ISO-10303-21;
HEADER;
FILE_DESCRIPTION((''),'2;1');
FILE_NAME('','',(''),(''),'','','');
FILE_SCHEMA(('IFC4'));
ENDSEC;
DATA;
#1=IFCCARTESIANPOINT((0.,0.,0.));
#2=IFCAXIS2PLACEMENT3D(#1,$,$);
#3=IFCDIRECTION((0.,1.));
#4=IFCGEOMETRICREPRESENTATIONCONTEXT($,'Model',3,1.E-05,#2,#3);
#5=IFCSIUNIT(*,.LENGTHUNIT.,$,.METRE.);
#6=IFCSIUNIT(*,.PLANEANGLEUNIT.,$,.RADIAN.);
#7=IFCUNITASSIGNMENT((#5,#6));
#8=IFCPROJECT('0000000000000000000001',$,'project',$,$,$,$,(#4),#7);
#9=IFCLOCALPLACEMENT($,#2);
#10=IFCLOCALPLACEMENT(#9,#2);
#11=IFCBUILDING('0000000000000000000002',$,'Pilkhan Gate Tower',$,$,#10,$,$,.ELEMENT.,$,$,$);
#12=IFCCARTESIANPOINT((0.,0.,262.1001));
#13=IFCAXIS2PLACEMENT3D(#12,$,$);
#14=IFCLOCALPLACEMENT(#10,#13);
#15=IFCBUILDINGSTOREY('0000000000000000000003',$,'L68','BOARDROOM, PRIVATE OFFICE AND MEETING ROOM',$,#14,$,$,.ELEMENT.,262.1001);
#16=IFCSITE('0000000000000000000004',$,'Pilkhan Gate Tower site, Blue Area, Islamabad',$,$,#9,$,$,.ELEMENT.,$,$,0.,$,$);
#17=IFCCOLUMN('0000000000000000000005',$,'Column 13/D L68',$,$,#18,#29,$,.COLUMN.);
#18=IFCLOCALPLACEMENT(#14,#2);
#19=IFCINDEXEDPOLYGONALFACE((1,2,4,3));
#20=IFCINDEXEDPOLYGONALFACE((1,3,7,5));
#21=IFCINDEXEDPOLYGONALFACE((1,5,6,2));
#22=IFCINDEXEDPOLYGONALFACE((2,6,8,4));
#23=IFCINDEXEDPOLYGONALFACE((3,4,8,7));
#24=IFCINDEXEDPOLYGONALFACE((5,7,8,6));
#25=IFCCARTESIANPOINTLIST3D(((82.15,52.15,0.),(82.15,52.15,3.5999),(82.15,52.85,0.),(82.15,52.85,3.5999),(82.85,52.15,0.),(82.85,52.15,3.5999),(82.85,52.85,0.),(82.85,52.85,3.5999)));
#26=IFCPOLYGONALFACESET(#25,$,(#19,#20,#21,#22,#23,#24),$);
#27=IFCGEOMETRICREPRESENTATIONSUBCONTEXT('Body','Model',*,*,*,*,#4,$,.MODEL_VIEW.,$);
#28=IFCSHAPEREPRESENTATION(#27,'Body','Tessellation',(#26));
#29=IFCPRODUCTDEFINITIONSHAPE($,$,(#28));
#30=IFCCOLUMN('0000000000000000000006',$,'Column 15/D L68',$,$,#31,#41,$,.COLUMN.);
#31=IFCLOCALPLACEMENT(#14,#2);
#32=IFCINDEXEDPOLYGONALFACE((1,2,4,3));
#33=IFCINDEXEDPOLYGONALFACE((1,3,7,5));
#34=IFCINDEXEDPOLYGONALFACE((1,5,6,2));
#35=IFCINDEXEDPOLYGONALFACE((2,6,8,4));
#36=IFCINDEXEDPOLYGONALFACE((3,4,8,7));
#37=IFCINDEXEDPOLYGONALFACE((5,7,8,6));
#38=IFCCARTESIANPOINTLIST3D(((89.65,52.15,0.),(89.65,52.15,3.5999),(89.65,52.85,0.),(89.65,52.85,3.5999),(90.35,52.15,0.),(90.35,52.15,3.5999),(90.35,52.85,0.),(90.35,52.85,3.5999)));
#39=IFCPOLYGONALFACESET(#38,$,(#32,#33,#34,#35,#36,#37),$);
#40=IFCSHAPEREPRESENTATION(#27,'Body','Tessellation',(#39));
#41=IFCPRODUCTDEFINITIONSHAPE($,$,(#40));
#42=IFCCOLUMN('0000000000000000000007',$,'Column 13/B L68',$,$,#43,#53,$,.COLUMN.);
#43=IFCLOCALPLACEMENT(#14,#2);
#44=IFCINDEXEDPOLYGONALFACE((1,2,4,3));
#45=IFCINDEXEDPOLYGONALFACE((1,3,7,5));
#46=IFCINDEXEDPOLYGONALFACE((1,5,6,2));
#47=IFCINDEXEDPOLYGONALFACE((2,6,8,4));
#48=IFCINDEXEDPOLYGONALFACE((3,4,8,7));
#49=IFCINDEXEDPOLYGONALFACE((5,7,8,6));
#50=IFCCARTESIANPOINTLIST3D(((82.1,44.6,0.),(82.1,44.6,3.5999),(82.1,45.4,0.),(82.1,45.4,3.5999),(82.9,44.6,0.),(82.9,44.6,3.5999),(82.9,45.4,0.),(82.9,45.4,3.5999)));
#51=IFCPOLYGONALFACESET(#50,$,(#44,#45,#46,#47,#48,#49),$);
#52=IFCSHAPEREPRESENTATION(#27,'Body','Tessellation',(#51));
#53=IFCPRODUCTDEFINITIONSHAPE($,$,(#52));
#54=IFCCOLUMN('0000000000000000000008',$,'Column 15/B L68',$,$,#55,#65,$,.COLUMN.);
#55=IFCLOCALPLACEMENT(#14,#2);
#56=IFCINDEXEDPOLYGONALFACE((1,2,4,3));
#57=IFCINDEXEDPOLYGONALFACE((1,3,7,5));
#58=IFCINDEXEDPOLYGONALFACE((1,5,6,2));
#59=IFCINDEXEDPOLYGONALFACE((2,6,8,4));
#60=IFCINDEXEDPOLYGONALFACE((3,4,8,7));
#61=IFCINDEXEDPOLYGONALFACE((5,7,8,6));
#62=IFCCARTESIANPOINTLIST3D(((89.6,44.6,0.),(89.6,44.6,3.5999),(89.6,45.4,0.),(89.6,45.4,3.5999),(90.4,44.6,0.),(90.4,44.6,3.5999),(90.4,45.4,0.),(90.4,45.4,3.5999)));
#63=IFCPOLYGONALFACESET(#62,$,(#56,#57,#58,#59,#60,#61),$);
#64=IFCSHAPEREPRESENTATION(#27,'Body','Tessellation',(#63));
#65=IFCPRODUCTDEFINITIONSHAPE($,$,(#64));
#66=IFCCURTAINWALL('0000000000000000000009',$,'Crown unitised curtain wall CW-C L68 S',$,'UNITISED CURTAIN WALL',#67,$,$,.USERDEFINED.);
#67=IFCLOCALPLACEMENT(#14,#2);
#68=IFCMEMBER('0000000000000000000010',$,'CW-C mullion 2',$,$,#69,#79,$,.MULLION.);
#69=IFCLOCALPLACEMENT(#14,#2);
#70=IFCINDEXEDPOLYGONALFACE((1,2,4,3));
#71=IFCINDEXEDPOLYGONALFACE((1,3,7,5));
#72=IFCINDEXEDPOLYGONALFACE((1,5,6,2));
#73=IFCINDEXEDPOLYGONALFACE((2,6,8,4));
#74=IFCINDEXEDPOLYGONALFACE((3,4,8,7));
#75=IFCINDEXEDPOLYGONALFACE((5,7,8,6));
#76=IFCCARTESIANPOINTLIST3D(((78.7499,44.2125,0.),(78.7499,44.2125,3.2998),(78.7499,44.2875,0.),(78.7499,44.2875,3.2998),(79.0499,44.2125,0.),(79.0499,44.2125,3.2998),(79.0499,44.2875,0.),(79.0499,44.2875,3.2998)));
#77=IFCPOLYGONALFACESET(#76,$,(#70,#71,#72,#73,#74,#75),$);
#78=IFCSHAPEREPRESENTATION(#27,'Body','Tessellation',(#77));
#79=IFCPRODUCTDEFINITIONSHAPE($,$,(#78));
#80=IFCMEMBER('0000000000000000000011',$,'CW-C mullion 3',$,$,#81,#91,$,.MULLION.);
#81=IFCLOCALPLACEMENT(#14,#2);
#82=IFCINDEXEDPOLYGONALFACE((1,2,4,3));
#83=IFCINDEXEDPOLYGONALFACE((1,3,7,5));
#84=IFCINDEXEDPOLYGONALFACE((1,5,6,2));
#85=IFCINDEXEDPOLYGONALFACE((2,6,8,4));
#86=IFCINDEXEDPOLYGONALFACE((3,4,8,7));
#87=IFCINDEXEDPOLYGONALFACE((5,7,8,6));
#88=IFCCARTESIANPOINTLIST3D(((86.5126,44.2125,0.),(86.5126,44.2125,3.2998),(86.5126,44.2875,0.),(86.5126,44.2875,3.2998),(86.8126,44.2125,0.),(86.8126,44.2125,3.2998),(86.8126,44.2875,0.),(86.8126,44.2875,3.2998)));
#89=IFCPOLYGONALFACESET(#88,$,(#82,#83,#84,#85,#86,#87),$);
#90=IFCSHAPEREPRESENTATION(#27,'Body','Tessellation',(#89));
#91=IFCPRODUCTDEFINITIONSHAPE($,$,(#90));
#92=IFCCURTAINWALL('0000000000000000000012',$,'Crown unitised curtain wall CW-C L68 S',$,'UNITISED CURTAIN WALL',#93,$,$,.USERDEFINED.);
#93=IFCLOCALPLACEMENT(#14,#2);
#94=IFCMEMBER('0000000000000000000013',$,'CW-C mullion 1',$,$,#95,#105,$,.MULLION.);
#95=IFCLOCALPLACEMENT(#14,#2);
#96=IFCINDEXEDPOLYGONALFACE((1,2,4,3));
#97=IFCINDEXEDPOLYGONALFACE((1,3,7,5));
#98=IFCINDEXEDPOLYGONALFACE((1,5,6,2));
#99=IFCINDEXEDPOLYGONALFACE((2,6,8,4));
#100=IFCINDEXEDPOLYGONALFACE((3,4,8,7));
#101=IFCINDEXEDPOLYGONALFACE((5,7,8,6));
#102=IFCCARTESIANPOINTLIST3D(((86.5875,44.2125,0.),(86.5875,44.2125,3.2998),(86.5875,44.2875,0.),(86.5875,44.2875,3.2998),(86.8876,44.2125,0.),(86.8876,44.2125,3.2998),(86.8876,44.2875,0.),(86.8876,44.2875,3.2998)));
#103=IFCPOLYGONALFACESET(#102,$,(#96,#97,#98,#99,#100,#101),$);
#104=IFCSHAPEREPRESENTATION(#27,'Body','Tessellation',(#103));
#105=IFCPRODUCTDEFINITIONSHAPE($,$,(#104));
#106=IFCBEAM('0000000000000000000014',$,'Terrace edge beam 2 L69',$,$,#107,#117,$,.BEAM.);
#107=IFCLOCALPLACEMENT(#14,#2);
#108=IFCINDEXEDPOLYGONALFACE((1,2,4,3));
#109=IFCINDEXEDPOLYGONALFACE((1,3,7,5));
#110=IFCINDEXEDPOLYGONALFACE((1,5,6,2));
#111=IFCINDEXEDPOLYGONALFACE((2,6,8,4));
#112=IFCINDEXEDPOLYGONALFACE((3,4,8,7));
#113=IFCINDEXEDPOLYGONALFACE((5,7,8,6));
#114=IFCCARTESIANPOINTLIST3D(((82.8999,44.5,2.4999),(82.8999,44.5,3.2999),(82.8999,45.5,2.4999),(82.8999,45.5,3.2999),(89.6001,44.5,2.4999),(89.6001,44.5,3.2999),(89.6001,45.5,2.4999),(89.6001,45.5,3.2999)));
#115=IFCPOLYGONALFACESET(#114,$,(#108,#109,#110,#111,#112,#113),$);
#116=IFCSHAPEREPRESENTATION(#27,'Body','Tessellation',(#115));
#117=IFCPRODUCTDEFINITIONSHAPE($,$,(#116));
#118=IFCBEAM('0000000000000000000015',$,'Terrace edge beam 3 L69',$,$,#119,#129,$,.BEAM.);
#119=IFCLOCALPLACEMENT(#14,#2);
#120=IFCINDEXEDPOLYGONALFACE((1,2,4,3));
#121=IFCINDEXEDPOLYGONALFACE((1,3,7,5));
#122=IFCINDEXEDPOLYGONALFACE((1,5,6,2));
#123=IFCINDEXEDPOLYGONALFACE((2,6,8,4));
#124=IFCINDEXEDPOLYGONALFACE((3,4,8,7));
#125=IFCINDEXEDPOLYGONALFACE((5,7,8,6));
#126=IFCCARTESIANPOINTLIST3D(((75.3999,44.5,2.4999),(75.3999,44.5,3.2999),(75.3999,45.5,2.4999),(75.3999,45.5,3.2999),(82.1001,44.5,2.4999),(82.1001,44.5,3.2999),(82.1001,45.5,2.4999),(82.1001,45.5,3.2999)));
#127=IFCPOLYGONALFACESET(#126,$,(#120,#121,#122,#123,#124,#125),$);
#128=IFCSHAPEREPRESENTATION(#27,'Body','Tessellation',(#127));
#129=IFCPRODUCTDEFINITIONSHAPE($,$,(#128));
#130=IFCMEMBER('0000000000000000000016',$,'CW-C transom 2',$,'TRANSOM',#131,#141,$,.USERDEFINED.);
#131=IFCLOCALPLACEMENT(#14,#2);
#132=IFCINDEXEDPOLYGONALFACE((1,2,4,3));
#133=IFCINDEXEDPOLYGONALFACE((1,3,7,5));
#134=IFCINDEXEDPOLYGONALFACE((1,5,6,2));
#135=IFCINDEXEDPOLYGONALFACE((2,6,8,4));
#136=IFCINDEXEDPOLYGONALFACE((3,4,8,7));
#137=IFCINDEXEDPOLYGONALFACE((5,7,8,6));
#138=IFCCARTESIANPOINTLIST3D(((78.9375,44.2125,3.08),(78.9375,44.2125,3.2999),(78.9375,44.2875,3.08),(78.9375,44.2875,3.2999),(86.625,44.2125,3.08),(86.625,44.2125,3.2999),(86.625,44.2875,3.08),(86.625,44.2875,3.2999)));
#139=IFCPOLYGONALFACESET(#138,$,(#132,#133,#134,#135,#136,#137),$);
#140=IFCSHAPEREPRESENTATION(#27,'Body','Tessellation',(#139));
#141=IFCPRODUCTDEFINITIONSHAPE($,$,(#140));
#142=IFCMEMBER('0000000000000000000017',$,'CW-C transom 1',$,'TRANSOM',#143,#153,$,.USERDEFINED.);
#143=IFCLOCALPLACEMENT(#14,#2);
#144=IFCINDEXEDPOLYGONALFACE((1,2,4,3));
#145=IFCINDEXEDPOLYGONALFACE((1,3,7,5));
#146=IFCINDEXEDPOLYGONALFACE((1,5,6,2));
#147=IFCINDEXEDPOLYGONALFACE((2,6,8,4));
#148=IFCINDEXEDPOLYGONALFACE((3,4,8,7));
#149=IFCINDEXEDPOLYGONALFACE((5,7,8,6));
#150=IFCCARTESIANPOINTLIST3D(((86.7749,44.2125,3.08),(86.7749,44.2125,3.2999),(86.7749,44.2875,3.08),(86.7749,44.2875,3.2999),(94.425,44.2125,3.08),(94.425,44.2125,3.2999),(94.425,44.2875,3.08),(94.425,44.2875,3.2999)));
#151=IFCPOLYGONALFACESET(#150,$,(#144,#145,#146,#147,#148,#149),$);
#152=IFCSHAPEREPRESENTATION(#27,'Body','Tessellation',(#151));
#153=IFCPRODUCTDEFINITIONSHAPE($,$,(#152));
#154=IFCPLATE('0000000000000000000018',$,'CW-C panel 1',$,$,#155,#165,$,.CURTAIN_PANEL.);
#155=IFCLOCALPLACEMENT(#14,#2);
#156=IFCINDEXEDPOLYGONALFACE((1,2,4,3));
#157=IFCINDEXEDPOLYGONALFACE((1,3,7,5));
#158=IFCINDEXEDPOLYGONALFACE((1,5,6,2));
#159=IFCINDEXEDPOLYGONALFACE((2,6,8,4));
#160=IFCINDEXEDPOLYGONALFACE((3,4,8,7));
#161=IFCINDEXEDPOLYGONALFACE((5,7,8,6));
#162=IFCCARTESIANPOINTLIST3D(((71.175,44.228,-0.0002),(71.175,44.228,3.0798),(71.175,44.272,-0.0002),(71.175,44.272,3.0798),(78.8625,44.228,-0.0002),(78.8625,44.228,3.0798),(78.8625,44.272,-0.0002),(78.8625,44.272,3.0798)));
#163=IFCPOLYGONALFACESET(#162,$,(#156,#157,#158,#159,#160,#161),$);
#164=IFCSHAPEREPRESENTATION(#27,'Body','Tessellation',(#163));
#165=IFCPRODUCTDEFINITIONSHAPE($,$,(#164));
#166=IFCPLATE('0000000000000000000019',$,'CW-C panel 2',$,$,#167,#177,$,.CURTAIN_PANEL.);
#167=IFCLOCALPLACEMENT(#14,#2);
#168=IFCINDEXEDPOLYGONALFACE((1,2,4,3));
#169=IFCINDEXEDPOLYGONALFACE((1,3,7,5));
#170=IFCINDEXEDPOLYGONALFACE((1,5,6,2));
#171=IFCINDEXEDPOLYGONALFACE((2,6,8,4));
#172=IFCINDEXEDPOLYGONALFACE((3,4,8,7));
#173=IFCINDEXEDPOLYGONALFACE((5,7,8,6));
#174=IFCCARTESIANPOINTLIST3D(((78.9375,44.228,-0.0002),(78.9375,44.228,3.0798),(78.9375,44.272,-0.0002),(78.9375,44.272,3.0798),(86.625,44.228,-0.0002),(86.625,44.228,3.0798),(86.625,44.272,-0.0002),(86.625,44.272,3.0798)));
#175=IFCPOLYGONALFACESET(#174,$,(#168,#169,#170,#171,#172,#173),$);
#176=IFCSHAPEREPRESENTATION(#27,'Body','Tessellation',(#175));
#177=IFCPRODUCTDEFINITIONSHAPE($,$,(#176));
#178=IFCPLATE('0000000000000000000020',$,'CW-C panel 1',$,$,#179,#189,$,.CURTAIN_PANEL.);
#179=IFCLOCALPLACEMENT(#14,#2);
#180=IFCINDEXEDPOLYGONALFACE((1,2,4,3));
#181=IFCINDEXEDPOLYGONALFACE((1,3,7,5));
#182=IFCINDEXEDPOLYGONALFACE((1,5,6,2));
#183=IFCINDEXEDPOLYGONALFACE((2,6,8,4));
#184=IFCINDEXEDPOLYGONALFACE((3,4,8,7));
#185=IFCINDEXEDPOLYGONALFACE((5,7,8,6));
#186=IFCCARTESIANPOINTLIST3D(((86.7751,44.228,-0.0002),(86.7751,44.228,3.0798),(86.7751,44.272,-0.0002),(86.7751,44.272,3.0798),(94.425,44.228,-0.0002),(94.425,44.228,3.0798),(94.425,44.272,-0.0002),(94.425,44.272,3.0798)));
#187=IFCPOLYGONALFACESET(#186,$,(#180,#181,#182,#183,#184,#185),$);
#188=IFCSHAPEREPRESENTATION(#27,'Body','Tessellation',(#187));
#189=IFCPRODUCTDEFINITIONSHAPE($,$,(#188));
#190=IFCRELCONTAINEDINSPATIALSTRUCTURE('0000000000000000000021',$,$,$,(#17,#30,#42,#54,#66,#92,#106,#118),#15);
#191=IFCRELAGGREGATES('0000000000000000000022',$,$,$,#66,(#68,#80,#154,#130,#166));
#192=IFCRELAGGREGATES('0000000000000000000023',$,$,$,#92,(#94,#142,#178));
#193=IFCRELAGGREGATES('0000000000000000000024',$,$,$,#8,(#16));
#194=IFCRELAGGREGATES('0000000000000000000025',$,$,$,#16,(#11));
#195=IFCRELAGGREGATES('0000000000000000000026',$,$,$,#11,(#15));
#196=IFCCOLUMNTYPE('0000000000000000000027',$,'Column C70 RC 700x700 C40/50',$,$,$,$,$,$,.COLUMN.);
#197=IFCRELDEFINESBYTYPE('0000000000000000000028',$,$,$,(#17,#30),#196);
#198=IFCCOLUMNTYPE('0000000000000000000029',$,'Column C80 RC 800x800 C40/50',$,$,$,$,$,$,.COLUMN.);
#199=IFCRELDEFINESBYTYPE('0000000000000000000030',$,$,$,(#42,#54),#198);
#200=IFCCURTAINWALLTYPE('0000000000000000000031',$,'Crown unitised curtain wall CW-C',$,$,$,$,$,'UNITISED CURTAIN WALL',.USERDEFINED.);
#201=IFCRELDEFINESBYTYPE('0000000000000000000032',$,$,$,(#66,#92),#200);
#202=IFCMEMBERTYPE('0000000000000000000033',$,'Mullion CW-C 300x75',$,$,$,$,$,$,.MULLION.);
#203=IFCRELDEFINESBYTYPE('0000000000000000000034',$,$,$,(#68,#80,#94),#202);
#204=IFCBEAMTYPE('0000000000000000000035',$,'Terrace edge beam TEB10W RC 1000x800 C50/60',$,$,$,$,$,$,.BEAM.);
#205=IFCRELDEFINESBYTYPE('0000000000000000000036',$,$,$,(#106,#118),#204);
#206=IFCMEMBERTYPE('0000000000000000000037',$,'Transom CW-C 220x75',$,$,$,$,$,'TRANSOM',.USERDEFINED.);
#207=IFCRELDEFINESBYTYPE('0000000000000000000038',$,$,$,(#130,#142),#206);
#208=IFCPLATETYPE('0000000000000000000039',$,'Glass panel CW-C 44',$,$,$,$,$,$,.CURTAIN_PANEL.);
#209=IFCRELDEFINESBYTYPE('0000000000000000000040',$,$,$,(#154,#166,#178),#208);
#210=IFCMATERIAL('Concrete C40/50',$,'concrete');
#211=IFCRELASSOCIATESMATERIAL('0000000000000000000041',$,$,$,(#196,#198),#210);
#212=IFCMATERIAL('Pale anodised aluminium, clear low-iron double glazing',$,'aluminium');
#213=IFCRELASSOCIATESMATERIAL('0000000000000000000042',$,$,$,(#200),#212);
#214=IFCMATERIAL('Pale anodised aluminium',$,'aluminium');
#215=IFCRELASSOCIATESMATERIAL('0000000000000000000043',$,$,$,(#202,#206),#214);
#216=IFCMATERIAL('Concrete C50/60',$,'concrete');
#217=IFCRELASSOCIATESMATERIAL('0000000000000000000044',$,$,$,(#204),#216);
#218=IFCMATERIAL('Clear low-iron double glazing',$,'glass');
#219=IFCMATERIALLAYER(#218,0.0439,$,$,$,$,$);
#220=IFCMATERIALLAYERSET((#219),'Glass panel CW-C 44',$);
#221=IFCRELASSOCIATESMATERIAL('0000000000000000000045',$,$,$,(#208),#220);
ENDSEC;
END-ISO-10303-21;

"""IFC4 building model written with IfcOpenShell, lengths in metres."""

from ifc_helpers import new_model, si_unit, direction, frame, origin, origin_2d, place, context, subcontext, project, spatial, rectangle, extrude, material, layer, layer_set, material_profile, profile_set, type_object, element, aggregate, save


model = new_model("IFC4")

# Units and contexts
model_context = context("Model", 3, precision=1e-05, world=origin(), true_north=direction((0.0, 1.0)))
body_context = subcontext(model_context, "Body", "Model", "MODEL_VIEW")
ifc_project = project(units=[si_unit("LENGTHUNIT", "METRE"), si_unit("PLANEANGLEUNIT", "RADIAN")], contexts=[model_context])

# Site, building, storey
site_placement = place(None, origin())
site = spatial("IfcSite", under=ifc_project, at=site_placement, Name="Pilkhan Gate Tower site, Blue Area, Islamabad", CompositionType="ELEMENT", RefElevation=0.0)
building_placement = place(site_placement, origin())
building = spatial("IfcBuilding", under=site, at=building_placement, Name="Pilkhan Gate Tower", CompositionType="ELEMENT")
storey_placement = place(building_placement, frame((0.0, 0.0, 262.1001)))
storey = spatial("IfcBuildingStorey", under=building, at=storey_placement, Name="L68", Description="BOARDROOM, PRIVATE OFFICE AND MEETING ROOM", CompositionType="ELEMENT", Elevation=262.1001)

# Columns
ifc_material_1 = material(Name="Concrete C40/50", Category="concrete")
ifc_material_profile_1 = material_profile(ifc_material_1, rectangle(XDim=0.7, YDim=0.7, at=origin_2d()), Name="RC 700x700")
ifc_profile_set_1 = profile_set([ifc_material_profile_1], Name="Concrete C40/50")
column_type_1 = type_object("IfcColumnType", Name="Column C70 RC 700x700 C40/50", PredefinedType="COLUMN", material=ifc_profile_set_1)
for number, where, z_axis, x_axis, name in (
    (1, (82.5, 52.5, 0.0), (0.0, 0.0, 1.0), (1.0, 0.0, 0.0), "Column 13/D L68"),
    (2, (90.0, 52.5, 0.0), (0.0, 0.0, 1.0), (1.0, 0.0, 0.0), "Column 15/D L68"),
):
    element("IfcColumn", number, at=place(storey_placement, frame(where, z_axis=z_axis, x_axis=x_axis)), inside=storey, type_object=column_type_1, Name=name, PredefinedType="COLUMN", context=body_context, shape_type="SweptSolid", body=[
        extrude(rectangle(XDim=0.7, YDim=0.7, at=origin_2d()), origin(), (0.0, 0.0, 1.0), 3.5999),
    ])
ifc_material_profile_2 = material_profile(ifc_material_1, rectangle(XDim=0.8, YDim=0.8, at=origin_2d()), Name="RC 800x800")
ifc_profile_set_2 = profile_set([ifc_material_profile_2], Name="Concrete C40/50")
column_type_2 = type_object("IfcColumnType", Name="Column C80 RC 800x800 C40/50", PredefinedType="COLUMN", material=ifc_profile_set_2)
for number, where, z_axis, x_axis, name in (
    (3, (82.5, 45.0, 0.0), (0.0, 0.0, 1.0), (1.0, 0.0, 0.0), "Column 13/B L68"),
    (4, (90.0, 45.0, 0.0), (0.0, 0.0, 1.0), (1.0, 0.0, 0.0), "Column 15/B L68"),
):
    element("IfcColumn", number, at=place(storey_placement, frame(where, z_axis=z_axis, x_axis=x_axis)), inside=storey, type_object=column_type_2, Name=name, PredefinedType="COLUMN", context=body_context, shape_type="SweptSolid", body=[
        extrude(rectangle(XDim=0.8, YDim=0.8, at=origin_2d()), origin(), (0.0, 0.0, 1.0), 3.5999),
    ])

# Curtain wall, members
ifc_material_2 = material(Name="Pale anodised aluminium, clear low-iron double glazing", Category="aluminium")
curtain_wall_type = type_object("IfcCurtainWallType", Name="Crown unitised curtain wall CW-C", ElementType="UNITISED CURTAIN WALL", PredefinedType="USERDEFINED", material=ifc_material_2)
curtain_wall_1_placement = place(storey_placement, origin())
curtain_wall_1 = element("IfcCurtainWall", 5, at=curtain_wall_1_placement, inside=storey, type_object=curtain_wall_type, Name="Crown unitised curtain wall CW-C L68 S", ObjectType="UNITISED CURTAIN WALL", PredefinedType="USERDEFINED")
ifc_material_3 = material(Name="Pale anodised aluminium", Category="aluminium")
ifc_material_profile_3 = material_profile(ifc_material_3, rectangle(XDim=0.075, YDim=0.3, at=origin_2d()), Name="Mullion 300x75")
ifc_profile_set_3 = profile_set([ifc_material_profile_3], Name="Pale anodised aluminium")
member_type_1 = type_object("IfcMemberType", Name="Mullion CW-C 300x75", PredefinedType="MULLION", material=ifc_profile_set_3)
member_1_placement = place(storey_placement, frame((78.8999, 44.25, 0.0), z_axis=(0.0, 0.0, 1.0), x_axis=(0.0, 1.0, 0.0)))
member_1 = element("IfcMember", 6, at=member_1_placement, type_object=member_type_1, Name="CW-C mullion 2", PredefinedType="MULLION", context=body_context, shape_type="SweptSolid", body=[
    extrude(rectangle(XDim=0.075, YDim=0.3, at=origin_2d()), origin(), (0.0, 0.0, 1.0), 3.2998),
])
member_2_placement = place(storey_placement, frame((86.6626, 44.25, 0.0), z_axis=(0.0, 0.0, 1.0), x_axis=(0.0, 1.0, 0.0)))
member_2 = element("IfcMember", 7, at=member_2_placement, type_object=member_type_1, Name="CW-C mullion 3", PredefinedType="MULLION", context=body_context, shape_type="SweptSolid", body=[
    extrude(rectangle(XDim=0.075, YDim=0.3, at=origin_2d()), origin(), (0.0, 0.0, 1.0), 3.2998),
])

# Curtain wall, member
curtain_wall_2_placement = place(storey_placement, origin())
curtain_wall_2 = element("IfcCurtainWall", 8, at=curtain_wall_2_placement, inside=storey, type_object=curtain_wall_type, Name="Crown unitised curtain wall CW-C L68 S", ObjectType="UNITISED CURTAIN WALL", PredefinedType="USERDEFINED")
member_3_placement = place(storey_placement, frame((86.7375, 44.25, 0.0), z_axis=(0.0, 0.0, 1.0), x_axis=(0.0, 1.0, 0.0)))
member_3 = element("IfcMember", 9, at=member_3_placement, type_object=member_type_1, Name="CW-C mullion 1", PredefinedType="MULLION", context=body_context, shape_type="SweptSolid", body=[
    extrude(rectangle(XDim=0.075, YDim=0.3, at=origin_2d()), origin(), (0.0, 0.0, 1.0), 3.2998),
])

# Beams
ifc_material_4 = material(Name="Concrete C50/60", Category="concrete")
ifc_material_profile_4 = material_profile(ifc_material_4, rectangle(XDim=1.0, YDim=0.8, at=origin_2d()), Name="RC 1000x800")
ifc_profile_set_4 = profile_set([ifc_material_profile_4], Name="Concrete C50/60")
beam_type = type_object("IfcBeamType", Name="Terrace edge beam TEB10W RC 1000x800 C50/60", PredefinedType="BEAM", material=ifc_profile_set_4)
for number, where, z_axis, x_axis, name in (
    (10, (89.6001, 45.0, 2.8999), (-1.0, 0.0, 0.0), (0.0, -1.0, 0.0), "Terrace edge beam 2 L69"),
    (11, (82.1001, 45.0, 2.8999), (-1.0, 0.0, 0.0), (0.0, -1.0, 0.0), "Terrace edge beam 3 L69"),
):
    element("IfcBeam", number, at=place(storey_placement, frame(where, z_axis=z_axis, x_axis=x_axis)), inside=storey, type_object=beam_type, Name=name, PredefinedType="BEAM", context=body_context, shape_type="SweptSolid", body=[
        extrude(rectangle(XDim=1.0, YDim=0.8, at=origin_2d()), origin(), (0.0, 0.0, 1.0), 6.7002),
    ])

# Members
ifc_material_profile_5 = material_profile(ifc_material_3, rectangle(XDim=0.075, YDim=0.22, at=origin_2d()), Name="Transom 220x75")
ifc_profile_set_5 = profile_set([ifc_material_profile_5], Name="Pale anodised aluminium")
member_type_2 = type_object("IfcMemberType", Name="Transom CW-C 220x75", ElementType="TRANSOM", PredefinedType="USERDEFINED", material=ifc_profile_set_5)
member_4_placement = place(storey_placement, frame((78.9375, 44.25, 3.1899), z_axis=(1.0, 0.0, 0.0), x_axis=(0.0, 1.0, 0.0)))
member_4 = element("IfcMember", 12, at=member_4_placement, type_object=member_type_2, Name="CW-C transom 2", ObjectType="TRANSOM", PredefinedType="USERDEFINED", context=body_context, shape_type="SweptSolid", body=[
    extrude(rectangle(XDim=0.075, YDim=0.22, at=origin_2d()), origin(), (0.0, 0.0, 1.0), 7.6875),
])
member_5_placement = place(storey_placement, frame((86.7749, 44.25, 3.1899), z_axis=(1.0, 0.0, 0.0), x_axis=(0.0, 1.0, 0.0)))
member_5 = element("IfcMember", 13, at=member_5_placement, type_object=member_type_2, Name="CW-C transom 1", ObjectType="TRANSOM", PredefinedType="USERDEFINED", context=body_context, shape_type="SweptSolid", body=[
    extrude(rectangle(XDim=0.075, YDim=0.22, at=origin_2d()), origin(), (0.0, 0.0, 1.0), 7.6501),
])

# Plates
ifc_material_5 = material(Name="Clear low-iron double glazing", Category="glass")
ifc_layer_1 = layer(ifc_material_5, 0.0439)
ifc_layer_set_1 = layer_set([ifc_layer_1], Name="Glass panel CW-C 44")
plate_type = type_object("IfcPlateType", Name="Glass panel CW-C 44", PredefinedType="CURTAIN_PANEL", material=ifc_layer_set_1)
plate_1_placement = place(storey_placement, frame((75.0188, 44.25, -0.0002), z_axis=(0.0, 0.0, 1.0), x_axis=(1.0, 0.0, 0.0)))
plate_1 = element("IfcPlate", 14, at=plate_1_placement, type_object=plate_type, Name="CW-C panel 1", PredefinedType="CURTAIN_PANEL", context=body_context, shape_type="SweptSolid", body=[
    extrude(rectangle(XDim=7.6875, YDim=0.0439, at=origin_2d()), origin(), (0.0, 0.0, 1.0), 3.0801),
])
plate_2_placement = place(storey_placement, frame((82.7812, 44.25, -0.0002), z_axis=(0.0, 0.0, 1.0), x_axis=(1.0, 0.0, 0.0)))
plate_2 = element("IfcPlate", 15, at=plate_2_placement, type_object=plate_type, Name="CW-C panel 2", PredefinedType="CURTAIN_PANEL", context=body_context, shape_type="SweptSolid", body=[
    extrude(rectangle(XDim=7.6875, YDim=0.0439, at=origin_2d()), origin(), (0.0, 0.0, 1.0), 3.0801),
])
aggregate(curtain_wall_1, [member_1, member_2, plate_1, member_4, plate_2])
plate_3_placement = place(storey_placement, frame((90.6001, 44.25, -0.0002), z_axis=(0.0, 0.0, 1.0), x_axis=(1.0, 0.0, 0.0)))
plate_3 = element("IfcPlate", 16, at=plate_3_placement, type_object=plate_type, Name="CW-C panel 1", PredefinedType="CURTAIN_PANEL", context=body_context, shape_type="SweptSolid", body=[
    extrude(rectangle(XDim=7.6499, YDim=0.0439, at=origin_2d()), origin(), (0.0, 0.0, 1.0), 3.0801),
])
aggregate(curtain_wall_2, [member_3, member_5, plate_3])

save(model, "model.ifc")
